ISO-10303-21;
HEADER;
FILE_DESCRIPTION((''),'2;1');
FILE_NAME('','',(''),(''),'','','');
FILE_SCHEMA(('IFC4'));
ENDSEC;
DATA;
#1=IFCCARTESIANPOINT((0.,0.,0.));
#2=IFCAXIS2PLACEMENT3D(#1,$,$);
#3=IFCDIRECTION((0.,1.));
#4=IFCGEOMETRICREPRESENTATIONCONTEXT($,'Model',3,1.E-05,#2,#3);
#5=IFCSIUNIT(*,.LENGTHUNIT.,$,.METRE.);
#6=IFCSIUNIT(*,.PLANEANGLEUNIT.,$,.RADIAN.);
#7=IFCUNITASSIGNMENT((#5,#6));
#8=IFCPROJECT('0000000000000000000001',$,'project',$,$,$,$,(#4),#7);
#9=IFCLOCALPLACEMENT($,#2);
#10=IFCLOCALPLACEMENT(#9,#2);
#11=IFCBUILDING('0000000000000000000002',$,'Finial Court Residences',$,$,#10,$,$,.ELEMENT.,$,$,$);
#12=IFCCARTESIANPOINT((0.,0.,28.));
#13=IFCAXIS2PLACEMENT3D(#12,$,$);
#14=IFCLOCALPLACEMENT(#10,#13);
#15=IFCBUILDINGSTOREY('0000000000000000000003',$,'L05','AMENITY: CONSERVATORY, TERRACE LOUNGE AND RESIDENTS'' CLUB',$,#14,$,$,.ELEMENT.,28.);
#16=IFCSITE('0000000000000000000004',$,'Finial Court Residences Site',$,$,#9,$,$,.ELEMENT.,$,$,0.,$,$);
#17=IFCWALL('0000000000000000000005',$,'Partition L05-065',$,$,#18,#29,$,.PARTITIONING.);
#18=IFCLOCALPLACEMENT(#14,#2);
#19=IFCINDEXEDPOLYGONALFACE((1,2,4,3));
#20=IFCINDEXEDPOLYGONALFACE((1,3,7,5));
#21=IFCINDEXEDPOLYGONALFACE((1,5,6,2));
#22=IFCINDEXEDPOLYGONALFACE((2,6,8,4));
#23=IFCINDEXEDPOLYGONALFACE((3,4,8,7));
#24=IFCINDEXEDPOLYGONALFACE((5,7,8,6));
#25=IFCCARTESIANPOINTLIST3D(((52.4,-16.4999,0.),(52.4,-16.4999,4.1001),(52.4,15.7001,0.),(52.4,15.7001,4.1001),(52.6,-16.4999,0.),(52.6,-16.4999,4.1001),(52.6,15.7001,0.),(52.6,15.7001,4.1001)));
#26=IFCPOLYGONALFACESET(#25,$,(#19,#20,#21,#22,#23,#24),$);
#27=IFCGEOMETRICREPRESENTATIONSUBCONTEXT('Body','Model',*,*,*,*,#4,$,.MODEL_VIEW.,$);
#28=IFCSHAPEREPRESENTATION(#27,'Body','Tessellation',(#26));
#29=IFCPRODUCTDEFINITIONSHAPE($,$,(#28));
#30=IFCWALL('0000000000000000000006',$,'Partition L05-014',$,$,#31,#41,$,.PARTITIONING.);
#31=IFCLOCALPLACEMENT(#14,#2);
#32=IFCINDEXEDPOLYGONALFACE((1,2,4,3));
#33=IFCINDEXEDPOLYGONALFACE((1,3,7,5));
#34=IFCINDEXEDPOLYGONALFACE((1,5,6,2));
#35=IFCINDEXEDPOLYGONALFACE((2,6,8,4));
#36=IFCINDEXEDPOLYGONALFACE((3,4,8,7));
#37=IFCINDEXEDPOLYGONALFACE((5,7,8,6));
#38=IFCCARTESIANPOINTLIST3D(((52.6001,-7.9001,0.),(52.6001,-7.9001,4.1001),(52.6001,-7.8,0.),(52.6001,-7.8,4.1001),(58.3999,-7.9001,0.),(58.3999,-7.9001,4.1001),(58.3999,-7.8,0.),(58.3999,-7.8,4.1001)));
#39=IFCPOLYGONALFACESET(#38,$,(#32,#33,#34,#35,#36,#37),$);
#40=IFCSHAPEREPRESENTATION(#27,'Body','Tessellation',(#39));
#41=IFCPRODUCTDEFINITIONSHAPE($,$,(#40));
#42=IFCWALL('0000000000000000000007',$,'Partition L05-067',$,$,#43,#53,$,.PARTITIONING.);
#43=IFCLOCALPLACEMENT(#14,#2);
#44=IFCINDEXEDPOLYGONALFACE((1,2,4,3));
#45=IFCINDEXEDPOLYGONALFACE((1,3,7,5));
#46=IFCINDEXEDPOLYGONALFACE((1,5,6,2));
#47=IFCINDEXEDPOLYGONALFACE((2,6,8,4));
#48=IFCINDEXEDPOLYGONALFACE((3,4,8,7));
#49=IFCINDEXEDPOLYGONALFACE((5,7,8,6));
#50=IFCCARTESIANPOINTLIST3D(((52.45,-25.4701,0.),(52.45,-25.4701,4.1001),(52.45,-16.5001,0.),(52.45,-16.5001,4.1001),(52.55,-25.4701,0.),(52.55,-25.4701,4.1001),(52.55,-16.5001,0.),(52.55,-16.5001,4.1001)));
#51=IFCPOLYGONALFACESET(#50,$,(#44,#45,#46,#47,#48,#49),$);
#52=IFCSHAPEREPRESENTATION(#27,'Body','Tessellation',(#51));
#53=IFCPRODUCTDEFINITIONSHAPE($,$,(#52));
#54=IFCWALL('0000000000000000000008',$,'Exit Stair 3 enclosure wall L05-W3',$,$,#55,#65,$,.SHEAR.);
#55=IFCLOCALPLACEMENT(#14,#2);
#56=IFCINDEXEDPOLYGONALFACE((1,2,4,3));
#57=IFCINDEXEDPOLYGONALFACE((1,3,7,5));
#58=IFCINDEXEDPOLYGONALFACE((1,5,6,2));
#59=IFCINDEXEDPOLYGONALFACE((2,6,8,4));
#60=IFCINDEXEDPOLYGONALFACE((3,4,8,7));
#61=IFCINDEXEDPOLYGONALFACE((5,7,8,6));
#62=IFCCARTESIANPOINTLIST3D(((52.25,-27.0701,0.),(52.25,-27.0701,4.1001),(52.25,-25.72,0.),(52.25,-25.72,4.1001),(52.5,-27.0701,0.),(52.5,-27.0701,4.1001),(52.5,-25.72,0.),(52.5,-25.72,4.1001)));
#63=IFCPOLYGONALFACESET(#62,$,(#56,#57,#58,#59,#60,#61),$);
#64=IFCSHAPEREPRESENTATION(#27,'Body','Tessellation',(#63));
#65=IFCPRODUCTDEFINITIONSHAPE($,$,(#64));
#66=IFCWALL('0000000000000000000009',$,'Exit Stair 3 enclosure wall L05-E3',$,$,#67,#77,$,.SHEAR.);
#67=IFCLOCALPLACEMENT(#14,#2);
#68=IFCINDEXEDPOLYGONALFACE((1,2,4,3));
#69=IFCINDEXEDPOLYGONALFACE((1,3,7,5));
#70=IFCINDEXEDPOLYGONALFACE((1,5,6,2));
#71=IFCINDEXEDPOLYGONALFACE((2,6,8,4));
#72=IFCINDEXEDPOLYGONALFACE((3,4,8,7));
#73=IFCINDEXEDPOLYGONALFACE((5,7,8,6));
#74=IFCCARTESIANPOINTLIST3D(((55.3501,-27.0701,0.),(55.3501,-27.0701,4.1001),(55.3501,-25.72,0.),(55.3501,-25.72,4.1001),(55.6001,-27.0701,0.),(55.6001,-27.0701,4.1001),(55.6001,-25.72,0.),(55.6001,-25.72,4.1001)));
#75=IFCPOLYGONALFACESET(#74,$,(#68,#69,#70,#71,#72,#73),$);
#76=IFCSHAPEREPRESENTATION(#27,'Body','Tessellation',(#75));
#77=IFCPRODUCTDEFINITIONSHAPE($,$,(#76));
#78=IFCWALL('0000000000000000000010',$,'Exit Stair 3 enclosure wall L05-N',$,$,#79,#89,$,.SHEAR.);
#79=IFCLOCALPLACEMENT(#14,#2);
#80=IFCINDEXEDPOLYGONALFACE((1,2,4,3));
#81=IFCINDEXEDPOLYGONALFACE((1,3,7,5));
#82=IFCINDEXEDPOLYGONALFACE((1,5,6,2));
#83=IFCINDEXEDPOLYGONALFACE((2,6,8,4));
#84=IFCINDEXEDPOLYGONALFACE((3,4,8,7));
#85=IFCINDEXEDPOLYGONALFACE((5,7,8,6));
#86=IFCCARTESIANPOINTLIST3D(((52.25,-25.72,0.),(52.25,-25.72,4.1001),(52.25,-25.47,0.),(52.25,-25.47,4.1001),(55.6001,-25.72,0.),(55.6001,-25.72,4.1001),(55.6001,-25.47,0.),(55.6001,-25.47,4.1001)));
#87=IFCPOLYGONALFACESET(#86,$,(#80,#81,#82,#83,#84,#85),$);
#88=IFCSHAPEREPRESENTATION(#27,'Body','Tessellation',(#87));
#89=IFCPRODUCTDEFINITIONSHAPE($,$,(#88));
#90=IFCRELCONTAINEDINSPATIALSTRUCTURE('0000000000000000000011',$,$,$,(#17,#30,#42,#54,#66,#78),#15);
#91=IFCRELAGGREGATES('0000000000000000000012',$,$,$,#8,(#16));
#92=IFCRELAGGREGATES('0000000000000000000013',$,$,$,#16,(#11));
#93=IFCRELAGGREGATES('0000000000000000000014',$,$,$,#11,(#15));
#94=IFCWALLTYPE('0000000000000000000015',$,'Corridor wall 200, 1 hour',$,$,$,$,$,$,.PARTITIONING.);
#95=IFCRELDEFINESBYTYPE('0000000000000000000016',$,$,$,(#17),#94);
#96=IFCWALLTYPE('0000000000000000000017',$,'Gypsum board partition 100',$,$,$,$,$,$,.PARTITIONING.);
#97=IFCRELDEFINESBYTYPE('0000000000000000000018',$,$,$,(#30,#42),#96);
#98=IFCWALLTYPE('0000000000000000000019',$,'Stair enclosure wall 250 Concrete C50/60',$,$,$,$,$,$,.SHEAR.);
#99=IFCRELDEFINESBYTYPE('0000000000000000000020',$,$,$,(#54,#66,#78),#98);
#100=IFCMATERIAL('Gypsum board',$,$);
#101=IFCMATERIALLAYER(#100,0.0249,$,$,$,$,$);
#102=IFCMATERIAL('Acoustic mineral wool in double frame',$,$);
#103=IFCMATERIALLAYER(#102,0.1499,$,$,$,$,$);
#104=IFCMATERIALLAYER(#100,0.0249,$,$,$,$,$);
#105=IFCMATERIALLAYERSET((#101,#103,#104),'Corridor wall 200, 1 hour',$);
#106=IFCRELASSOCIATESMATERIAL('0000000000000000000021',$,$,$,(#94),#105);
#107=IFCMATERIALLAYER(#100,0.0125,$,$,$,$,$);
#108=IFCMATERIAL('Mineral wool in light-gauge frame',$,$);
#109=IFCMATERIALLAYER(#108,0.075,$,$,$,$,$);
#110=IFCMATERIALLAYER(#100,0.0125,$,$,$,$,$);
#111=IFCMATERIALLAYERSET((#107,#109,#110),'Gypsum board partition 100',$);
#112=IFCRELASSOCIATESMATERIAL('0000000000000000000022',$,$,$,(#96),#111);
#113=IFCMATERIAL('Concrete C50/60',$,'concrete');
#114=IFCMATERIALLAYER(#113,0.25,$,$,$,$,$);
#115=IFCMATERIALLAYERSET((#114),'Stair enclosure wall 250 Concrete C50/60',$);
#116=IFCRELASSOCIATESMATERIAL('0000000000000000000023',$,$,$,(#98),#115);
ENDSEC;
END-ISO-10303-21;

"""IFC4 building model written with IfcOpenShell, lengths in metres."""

from ifc_helpers import new_model, si_unit, direction, frame, frame_2d, origin, place, context, subcontext, project, spatial, rectangle, extrude, material, layer, layer_set, type_object, element, save


model = new_model("IFC4")

# Units and contexts
model_context = context("Model", 3, precision=1e-05, world=origin(), true_north=direction((0.0, 1.0)))
body_context = subcontext(model_context, "Body", "Model", "MODEL_VIEW")
ifc_project = project(units=[si_unit("LENGTHUNIT", "METRE"), si_unit("PLANEANGLEUNIT", "RADIAN")], contexts=[model_context])

# Site, building, storey
site_placement = place(None, origin())
site = spatial("IfcSite", under=ifc_project, at=site_placement, Name="Finial Court Residences Site", CompositionType="ELEMENT", RefElevation=0.0)
building_placement = place(site_placement, origin())
building = spatial("IfcBuilding", under=site, at=building_placement, Name="Finial Court Residences", CompositionType="ELEMENT")
storey_placement = place(building_placement, frame((0.0, 0.0, 28.0)))
storey = spatial("IfcBuildingStorey", under=building, at=storey_placement, Name="L05", Description="AMENITY: CONSERVATORY, TERRACE LOUNGE AND RESIDENTS' CLUB", CompositionType="ELEMENT", Elevation=28.0)

# Shared definitions
ifc_material_1 = material(Name="Concrete C50/60", Category="concrete")

# Walls
ifc_material_2 = material(Name="Gypsum board")
ifc_layer_1 = layer(ifc_material_2, 0.0249)
ifc_material_3 = material(Name="Acoustic mineral wool in double frame")
ifc_layer_2 = layer(ifc_material_3, 0.1499)
ifc_layer_3 = layer(ifc_material_2, 0.0249)
ifc_layer_set_1 = layer_set([ifc_layer_1, ifc_layer_2, ifc_layer_3], Name="Corridor wall 200, 1 hour")
wall_type_1 = type_object("IfcWallType", Name="Corridor wall 200, 1 hour", PredefinedType="PARTITIONING", material=ifc_layer_set_1)
wall_1_placement = place(storey_placement, frame((52.5, -16.5, 0.0), z_axis=(0.0, 0.0, 1.0), x_axis=(0.0, 1.0, 0.0)))
element("IfcWall", 1, at=wall_1_placement, inside=storey, type_object=wall_type_1, Name="Partition L05-065", PredefinedType="PARTITIONING", context=body_context, shape_type="SweptSolid", body=[
    extrude(rectangle(XDim=32.2, YDim=0.2, at=frame_2d((16.1001, 0.0))), origin(), (0.0, 0.0, 1.0), 4.1001),
])
ifc_layer_4 = layer(ifc_material_2, 0.0125)
ifc_material_4 = material(Name="Mineral wool in light-gauge frame")
ifc_layer_5 = layer(ifc_material_4, 0.075)
ifc_layer_6 = layer(ifc_material_2, 0.0125)
ifc_layer_set_2 = layer_set([ifc_layer_4, ifc_layer_5, ifc_layer_6], Name="Gypsum board partition 100")
wall_type_2 = type_object("IfcWallType", Name="Gypsum board partition 100", PredefinedType="PARTITIONING", material=ifc_layer_set_2)
wall_2_placement = place(storey_placement, frame((52.6001, -7.8501, 0.0), z_axis=(0.0, 0.0, 1.0), x_axis=(1.0, 0.0, 0.0)))
element("IfcWall", 2, at=wall_2_placement, inside=storey, type_object=wall_type_2, Name="Partition L05-014", PredefinedType="PARTITIONING", context=body_context, shape_type="SweptSolid", body=[
    extrude(rectangle(XDim=5.7998, YDim=0.1001, at=frame_2d((2.8999, 0.0))), origin(), (0.0, 0.0, 1.0), 4.1001),
])
wall_3_placement = place(storey_placement, frame((52.5, -25.47, 0.0), z_axis=(0.0, 0.0, 1.0), x_axis=(0.0, 1.0, 0.0)))
element("IfcWall", 3, at=wall_3_placement, inside=storey, type_object=wall_type_2, Name="Partition L05-067", PredefinedType="PARTITIONING", context=body_context, shape_type="SweptSolid", body=[
    extrude(rectangle(XDim=8.97, YDim=0.1001, at=frame_2d((4.4849, 0.0))), origin(), (0.0, 0.0, 1.0), 4.1001),
])
ifc_layer_7 = layer(ifc_material_1, 0.25)
ifc_layer_set_3 = layer_set([ifc_layer_7], Name="Stair enclosure wall 250 Concrete C50/60")
wall_type_3 = type_object("IfcWallType", Name="Stair enclosure wall 250 Concrete C50/60", PredefinedType="SHEAR", material=ifc_layer_set_3)
for number, where, z_axis, x_axis, name in (
    (4, (52.375, -27.0701, 0.0), (0.0, 0.0, 1.0), (0.0, 1.0, 0.0), "Exit Stair 3 enclosure wall L05-W3"),
    (5, (55.4751, -27.0701, 0.0), (0.0, 0.0, 1.0), (0.0, 1.0, 0.0), "Exit Stair 3 enclosure wall L05-E3"),
):
    element("IfcWall", number, at=place(storey_placement, frame(where, z_axis=z_axis, x_axis=x_axis)), inside=storey, type_object=wall_type_3, Name=name, PredefinedType="SHEAR", context=body_context, shape_type="SweptSolid", body=[
        extrude(rectangle(XDim=1.3501, YDim=0.25, at=frame_2d((0.675, 0.0))), origin(), (0.0, 0.0, 1.0), 4.1001),
    ])
wall_4_placement = place(storey_placement, frame((52.25, -25.595, 0.0), z_axis=(0.0, 0.0, 1.0), x_axis=(1.0, 0.0, 0.0)))
element("IfcWall", 6, at=wall_4_placement, inside=storey, type_object=wall_type_3, Name="Exit Stair 3 enclosure wall L05-N", PredefinedType="SHEAR", context=body_context, shape_type="SweptSolid", body=[
    extrude(rectangle(XDim=3.3501, YDim=0.25, at=frame_2d((1.675, 0.0))), origin(), (0.0, 0.0, 1.0), 4.1001),
])

save(model, "model.ifc")
